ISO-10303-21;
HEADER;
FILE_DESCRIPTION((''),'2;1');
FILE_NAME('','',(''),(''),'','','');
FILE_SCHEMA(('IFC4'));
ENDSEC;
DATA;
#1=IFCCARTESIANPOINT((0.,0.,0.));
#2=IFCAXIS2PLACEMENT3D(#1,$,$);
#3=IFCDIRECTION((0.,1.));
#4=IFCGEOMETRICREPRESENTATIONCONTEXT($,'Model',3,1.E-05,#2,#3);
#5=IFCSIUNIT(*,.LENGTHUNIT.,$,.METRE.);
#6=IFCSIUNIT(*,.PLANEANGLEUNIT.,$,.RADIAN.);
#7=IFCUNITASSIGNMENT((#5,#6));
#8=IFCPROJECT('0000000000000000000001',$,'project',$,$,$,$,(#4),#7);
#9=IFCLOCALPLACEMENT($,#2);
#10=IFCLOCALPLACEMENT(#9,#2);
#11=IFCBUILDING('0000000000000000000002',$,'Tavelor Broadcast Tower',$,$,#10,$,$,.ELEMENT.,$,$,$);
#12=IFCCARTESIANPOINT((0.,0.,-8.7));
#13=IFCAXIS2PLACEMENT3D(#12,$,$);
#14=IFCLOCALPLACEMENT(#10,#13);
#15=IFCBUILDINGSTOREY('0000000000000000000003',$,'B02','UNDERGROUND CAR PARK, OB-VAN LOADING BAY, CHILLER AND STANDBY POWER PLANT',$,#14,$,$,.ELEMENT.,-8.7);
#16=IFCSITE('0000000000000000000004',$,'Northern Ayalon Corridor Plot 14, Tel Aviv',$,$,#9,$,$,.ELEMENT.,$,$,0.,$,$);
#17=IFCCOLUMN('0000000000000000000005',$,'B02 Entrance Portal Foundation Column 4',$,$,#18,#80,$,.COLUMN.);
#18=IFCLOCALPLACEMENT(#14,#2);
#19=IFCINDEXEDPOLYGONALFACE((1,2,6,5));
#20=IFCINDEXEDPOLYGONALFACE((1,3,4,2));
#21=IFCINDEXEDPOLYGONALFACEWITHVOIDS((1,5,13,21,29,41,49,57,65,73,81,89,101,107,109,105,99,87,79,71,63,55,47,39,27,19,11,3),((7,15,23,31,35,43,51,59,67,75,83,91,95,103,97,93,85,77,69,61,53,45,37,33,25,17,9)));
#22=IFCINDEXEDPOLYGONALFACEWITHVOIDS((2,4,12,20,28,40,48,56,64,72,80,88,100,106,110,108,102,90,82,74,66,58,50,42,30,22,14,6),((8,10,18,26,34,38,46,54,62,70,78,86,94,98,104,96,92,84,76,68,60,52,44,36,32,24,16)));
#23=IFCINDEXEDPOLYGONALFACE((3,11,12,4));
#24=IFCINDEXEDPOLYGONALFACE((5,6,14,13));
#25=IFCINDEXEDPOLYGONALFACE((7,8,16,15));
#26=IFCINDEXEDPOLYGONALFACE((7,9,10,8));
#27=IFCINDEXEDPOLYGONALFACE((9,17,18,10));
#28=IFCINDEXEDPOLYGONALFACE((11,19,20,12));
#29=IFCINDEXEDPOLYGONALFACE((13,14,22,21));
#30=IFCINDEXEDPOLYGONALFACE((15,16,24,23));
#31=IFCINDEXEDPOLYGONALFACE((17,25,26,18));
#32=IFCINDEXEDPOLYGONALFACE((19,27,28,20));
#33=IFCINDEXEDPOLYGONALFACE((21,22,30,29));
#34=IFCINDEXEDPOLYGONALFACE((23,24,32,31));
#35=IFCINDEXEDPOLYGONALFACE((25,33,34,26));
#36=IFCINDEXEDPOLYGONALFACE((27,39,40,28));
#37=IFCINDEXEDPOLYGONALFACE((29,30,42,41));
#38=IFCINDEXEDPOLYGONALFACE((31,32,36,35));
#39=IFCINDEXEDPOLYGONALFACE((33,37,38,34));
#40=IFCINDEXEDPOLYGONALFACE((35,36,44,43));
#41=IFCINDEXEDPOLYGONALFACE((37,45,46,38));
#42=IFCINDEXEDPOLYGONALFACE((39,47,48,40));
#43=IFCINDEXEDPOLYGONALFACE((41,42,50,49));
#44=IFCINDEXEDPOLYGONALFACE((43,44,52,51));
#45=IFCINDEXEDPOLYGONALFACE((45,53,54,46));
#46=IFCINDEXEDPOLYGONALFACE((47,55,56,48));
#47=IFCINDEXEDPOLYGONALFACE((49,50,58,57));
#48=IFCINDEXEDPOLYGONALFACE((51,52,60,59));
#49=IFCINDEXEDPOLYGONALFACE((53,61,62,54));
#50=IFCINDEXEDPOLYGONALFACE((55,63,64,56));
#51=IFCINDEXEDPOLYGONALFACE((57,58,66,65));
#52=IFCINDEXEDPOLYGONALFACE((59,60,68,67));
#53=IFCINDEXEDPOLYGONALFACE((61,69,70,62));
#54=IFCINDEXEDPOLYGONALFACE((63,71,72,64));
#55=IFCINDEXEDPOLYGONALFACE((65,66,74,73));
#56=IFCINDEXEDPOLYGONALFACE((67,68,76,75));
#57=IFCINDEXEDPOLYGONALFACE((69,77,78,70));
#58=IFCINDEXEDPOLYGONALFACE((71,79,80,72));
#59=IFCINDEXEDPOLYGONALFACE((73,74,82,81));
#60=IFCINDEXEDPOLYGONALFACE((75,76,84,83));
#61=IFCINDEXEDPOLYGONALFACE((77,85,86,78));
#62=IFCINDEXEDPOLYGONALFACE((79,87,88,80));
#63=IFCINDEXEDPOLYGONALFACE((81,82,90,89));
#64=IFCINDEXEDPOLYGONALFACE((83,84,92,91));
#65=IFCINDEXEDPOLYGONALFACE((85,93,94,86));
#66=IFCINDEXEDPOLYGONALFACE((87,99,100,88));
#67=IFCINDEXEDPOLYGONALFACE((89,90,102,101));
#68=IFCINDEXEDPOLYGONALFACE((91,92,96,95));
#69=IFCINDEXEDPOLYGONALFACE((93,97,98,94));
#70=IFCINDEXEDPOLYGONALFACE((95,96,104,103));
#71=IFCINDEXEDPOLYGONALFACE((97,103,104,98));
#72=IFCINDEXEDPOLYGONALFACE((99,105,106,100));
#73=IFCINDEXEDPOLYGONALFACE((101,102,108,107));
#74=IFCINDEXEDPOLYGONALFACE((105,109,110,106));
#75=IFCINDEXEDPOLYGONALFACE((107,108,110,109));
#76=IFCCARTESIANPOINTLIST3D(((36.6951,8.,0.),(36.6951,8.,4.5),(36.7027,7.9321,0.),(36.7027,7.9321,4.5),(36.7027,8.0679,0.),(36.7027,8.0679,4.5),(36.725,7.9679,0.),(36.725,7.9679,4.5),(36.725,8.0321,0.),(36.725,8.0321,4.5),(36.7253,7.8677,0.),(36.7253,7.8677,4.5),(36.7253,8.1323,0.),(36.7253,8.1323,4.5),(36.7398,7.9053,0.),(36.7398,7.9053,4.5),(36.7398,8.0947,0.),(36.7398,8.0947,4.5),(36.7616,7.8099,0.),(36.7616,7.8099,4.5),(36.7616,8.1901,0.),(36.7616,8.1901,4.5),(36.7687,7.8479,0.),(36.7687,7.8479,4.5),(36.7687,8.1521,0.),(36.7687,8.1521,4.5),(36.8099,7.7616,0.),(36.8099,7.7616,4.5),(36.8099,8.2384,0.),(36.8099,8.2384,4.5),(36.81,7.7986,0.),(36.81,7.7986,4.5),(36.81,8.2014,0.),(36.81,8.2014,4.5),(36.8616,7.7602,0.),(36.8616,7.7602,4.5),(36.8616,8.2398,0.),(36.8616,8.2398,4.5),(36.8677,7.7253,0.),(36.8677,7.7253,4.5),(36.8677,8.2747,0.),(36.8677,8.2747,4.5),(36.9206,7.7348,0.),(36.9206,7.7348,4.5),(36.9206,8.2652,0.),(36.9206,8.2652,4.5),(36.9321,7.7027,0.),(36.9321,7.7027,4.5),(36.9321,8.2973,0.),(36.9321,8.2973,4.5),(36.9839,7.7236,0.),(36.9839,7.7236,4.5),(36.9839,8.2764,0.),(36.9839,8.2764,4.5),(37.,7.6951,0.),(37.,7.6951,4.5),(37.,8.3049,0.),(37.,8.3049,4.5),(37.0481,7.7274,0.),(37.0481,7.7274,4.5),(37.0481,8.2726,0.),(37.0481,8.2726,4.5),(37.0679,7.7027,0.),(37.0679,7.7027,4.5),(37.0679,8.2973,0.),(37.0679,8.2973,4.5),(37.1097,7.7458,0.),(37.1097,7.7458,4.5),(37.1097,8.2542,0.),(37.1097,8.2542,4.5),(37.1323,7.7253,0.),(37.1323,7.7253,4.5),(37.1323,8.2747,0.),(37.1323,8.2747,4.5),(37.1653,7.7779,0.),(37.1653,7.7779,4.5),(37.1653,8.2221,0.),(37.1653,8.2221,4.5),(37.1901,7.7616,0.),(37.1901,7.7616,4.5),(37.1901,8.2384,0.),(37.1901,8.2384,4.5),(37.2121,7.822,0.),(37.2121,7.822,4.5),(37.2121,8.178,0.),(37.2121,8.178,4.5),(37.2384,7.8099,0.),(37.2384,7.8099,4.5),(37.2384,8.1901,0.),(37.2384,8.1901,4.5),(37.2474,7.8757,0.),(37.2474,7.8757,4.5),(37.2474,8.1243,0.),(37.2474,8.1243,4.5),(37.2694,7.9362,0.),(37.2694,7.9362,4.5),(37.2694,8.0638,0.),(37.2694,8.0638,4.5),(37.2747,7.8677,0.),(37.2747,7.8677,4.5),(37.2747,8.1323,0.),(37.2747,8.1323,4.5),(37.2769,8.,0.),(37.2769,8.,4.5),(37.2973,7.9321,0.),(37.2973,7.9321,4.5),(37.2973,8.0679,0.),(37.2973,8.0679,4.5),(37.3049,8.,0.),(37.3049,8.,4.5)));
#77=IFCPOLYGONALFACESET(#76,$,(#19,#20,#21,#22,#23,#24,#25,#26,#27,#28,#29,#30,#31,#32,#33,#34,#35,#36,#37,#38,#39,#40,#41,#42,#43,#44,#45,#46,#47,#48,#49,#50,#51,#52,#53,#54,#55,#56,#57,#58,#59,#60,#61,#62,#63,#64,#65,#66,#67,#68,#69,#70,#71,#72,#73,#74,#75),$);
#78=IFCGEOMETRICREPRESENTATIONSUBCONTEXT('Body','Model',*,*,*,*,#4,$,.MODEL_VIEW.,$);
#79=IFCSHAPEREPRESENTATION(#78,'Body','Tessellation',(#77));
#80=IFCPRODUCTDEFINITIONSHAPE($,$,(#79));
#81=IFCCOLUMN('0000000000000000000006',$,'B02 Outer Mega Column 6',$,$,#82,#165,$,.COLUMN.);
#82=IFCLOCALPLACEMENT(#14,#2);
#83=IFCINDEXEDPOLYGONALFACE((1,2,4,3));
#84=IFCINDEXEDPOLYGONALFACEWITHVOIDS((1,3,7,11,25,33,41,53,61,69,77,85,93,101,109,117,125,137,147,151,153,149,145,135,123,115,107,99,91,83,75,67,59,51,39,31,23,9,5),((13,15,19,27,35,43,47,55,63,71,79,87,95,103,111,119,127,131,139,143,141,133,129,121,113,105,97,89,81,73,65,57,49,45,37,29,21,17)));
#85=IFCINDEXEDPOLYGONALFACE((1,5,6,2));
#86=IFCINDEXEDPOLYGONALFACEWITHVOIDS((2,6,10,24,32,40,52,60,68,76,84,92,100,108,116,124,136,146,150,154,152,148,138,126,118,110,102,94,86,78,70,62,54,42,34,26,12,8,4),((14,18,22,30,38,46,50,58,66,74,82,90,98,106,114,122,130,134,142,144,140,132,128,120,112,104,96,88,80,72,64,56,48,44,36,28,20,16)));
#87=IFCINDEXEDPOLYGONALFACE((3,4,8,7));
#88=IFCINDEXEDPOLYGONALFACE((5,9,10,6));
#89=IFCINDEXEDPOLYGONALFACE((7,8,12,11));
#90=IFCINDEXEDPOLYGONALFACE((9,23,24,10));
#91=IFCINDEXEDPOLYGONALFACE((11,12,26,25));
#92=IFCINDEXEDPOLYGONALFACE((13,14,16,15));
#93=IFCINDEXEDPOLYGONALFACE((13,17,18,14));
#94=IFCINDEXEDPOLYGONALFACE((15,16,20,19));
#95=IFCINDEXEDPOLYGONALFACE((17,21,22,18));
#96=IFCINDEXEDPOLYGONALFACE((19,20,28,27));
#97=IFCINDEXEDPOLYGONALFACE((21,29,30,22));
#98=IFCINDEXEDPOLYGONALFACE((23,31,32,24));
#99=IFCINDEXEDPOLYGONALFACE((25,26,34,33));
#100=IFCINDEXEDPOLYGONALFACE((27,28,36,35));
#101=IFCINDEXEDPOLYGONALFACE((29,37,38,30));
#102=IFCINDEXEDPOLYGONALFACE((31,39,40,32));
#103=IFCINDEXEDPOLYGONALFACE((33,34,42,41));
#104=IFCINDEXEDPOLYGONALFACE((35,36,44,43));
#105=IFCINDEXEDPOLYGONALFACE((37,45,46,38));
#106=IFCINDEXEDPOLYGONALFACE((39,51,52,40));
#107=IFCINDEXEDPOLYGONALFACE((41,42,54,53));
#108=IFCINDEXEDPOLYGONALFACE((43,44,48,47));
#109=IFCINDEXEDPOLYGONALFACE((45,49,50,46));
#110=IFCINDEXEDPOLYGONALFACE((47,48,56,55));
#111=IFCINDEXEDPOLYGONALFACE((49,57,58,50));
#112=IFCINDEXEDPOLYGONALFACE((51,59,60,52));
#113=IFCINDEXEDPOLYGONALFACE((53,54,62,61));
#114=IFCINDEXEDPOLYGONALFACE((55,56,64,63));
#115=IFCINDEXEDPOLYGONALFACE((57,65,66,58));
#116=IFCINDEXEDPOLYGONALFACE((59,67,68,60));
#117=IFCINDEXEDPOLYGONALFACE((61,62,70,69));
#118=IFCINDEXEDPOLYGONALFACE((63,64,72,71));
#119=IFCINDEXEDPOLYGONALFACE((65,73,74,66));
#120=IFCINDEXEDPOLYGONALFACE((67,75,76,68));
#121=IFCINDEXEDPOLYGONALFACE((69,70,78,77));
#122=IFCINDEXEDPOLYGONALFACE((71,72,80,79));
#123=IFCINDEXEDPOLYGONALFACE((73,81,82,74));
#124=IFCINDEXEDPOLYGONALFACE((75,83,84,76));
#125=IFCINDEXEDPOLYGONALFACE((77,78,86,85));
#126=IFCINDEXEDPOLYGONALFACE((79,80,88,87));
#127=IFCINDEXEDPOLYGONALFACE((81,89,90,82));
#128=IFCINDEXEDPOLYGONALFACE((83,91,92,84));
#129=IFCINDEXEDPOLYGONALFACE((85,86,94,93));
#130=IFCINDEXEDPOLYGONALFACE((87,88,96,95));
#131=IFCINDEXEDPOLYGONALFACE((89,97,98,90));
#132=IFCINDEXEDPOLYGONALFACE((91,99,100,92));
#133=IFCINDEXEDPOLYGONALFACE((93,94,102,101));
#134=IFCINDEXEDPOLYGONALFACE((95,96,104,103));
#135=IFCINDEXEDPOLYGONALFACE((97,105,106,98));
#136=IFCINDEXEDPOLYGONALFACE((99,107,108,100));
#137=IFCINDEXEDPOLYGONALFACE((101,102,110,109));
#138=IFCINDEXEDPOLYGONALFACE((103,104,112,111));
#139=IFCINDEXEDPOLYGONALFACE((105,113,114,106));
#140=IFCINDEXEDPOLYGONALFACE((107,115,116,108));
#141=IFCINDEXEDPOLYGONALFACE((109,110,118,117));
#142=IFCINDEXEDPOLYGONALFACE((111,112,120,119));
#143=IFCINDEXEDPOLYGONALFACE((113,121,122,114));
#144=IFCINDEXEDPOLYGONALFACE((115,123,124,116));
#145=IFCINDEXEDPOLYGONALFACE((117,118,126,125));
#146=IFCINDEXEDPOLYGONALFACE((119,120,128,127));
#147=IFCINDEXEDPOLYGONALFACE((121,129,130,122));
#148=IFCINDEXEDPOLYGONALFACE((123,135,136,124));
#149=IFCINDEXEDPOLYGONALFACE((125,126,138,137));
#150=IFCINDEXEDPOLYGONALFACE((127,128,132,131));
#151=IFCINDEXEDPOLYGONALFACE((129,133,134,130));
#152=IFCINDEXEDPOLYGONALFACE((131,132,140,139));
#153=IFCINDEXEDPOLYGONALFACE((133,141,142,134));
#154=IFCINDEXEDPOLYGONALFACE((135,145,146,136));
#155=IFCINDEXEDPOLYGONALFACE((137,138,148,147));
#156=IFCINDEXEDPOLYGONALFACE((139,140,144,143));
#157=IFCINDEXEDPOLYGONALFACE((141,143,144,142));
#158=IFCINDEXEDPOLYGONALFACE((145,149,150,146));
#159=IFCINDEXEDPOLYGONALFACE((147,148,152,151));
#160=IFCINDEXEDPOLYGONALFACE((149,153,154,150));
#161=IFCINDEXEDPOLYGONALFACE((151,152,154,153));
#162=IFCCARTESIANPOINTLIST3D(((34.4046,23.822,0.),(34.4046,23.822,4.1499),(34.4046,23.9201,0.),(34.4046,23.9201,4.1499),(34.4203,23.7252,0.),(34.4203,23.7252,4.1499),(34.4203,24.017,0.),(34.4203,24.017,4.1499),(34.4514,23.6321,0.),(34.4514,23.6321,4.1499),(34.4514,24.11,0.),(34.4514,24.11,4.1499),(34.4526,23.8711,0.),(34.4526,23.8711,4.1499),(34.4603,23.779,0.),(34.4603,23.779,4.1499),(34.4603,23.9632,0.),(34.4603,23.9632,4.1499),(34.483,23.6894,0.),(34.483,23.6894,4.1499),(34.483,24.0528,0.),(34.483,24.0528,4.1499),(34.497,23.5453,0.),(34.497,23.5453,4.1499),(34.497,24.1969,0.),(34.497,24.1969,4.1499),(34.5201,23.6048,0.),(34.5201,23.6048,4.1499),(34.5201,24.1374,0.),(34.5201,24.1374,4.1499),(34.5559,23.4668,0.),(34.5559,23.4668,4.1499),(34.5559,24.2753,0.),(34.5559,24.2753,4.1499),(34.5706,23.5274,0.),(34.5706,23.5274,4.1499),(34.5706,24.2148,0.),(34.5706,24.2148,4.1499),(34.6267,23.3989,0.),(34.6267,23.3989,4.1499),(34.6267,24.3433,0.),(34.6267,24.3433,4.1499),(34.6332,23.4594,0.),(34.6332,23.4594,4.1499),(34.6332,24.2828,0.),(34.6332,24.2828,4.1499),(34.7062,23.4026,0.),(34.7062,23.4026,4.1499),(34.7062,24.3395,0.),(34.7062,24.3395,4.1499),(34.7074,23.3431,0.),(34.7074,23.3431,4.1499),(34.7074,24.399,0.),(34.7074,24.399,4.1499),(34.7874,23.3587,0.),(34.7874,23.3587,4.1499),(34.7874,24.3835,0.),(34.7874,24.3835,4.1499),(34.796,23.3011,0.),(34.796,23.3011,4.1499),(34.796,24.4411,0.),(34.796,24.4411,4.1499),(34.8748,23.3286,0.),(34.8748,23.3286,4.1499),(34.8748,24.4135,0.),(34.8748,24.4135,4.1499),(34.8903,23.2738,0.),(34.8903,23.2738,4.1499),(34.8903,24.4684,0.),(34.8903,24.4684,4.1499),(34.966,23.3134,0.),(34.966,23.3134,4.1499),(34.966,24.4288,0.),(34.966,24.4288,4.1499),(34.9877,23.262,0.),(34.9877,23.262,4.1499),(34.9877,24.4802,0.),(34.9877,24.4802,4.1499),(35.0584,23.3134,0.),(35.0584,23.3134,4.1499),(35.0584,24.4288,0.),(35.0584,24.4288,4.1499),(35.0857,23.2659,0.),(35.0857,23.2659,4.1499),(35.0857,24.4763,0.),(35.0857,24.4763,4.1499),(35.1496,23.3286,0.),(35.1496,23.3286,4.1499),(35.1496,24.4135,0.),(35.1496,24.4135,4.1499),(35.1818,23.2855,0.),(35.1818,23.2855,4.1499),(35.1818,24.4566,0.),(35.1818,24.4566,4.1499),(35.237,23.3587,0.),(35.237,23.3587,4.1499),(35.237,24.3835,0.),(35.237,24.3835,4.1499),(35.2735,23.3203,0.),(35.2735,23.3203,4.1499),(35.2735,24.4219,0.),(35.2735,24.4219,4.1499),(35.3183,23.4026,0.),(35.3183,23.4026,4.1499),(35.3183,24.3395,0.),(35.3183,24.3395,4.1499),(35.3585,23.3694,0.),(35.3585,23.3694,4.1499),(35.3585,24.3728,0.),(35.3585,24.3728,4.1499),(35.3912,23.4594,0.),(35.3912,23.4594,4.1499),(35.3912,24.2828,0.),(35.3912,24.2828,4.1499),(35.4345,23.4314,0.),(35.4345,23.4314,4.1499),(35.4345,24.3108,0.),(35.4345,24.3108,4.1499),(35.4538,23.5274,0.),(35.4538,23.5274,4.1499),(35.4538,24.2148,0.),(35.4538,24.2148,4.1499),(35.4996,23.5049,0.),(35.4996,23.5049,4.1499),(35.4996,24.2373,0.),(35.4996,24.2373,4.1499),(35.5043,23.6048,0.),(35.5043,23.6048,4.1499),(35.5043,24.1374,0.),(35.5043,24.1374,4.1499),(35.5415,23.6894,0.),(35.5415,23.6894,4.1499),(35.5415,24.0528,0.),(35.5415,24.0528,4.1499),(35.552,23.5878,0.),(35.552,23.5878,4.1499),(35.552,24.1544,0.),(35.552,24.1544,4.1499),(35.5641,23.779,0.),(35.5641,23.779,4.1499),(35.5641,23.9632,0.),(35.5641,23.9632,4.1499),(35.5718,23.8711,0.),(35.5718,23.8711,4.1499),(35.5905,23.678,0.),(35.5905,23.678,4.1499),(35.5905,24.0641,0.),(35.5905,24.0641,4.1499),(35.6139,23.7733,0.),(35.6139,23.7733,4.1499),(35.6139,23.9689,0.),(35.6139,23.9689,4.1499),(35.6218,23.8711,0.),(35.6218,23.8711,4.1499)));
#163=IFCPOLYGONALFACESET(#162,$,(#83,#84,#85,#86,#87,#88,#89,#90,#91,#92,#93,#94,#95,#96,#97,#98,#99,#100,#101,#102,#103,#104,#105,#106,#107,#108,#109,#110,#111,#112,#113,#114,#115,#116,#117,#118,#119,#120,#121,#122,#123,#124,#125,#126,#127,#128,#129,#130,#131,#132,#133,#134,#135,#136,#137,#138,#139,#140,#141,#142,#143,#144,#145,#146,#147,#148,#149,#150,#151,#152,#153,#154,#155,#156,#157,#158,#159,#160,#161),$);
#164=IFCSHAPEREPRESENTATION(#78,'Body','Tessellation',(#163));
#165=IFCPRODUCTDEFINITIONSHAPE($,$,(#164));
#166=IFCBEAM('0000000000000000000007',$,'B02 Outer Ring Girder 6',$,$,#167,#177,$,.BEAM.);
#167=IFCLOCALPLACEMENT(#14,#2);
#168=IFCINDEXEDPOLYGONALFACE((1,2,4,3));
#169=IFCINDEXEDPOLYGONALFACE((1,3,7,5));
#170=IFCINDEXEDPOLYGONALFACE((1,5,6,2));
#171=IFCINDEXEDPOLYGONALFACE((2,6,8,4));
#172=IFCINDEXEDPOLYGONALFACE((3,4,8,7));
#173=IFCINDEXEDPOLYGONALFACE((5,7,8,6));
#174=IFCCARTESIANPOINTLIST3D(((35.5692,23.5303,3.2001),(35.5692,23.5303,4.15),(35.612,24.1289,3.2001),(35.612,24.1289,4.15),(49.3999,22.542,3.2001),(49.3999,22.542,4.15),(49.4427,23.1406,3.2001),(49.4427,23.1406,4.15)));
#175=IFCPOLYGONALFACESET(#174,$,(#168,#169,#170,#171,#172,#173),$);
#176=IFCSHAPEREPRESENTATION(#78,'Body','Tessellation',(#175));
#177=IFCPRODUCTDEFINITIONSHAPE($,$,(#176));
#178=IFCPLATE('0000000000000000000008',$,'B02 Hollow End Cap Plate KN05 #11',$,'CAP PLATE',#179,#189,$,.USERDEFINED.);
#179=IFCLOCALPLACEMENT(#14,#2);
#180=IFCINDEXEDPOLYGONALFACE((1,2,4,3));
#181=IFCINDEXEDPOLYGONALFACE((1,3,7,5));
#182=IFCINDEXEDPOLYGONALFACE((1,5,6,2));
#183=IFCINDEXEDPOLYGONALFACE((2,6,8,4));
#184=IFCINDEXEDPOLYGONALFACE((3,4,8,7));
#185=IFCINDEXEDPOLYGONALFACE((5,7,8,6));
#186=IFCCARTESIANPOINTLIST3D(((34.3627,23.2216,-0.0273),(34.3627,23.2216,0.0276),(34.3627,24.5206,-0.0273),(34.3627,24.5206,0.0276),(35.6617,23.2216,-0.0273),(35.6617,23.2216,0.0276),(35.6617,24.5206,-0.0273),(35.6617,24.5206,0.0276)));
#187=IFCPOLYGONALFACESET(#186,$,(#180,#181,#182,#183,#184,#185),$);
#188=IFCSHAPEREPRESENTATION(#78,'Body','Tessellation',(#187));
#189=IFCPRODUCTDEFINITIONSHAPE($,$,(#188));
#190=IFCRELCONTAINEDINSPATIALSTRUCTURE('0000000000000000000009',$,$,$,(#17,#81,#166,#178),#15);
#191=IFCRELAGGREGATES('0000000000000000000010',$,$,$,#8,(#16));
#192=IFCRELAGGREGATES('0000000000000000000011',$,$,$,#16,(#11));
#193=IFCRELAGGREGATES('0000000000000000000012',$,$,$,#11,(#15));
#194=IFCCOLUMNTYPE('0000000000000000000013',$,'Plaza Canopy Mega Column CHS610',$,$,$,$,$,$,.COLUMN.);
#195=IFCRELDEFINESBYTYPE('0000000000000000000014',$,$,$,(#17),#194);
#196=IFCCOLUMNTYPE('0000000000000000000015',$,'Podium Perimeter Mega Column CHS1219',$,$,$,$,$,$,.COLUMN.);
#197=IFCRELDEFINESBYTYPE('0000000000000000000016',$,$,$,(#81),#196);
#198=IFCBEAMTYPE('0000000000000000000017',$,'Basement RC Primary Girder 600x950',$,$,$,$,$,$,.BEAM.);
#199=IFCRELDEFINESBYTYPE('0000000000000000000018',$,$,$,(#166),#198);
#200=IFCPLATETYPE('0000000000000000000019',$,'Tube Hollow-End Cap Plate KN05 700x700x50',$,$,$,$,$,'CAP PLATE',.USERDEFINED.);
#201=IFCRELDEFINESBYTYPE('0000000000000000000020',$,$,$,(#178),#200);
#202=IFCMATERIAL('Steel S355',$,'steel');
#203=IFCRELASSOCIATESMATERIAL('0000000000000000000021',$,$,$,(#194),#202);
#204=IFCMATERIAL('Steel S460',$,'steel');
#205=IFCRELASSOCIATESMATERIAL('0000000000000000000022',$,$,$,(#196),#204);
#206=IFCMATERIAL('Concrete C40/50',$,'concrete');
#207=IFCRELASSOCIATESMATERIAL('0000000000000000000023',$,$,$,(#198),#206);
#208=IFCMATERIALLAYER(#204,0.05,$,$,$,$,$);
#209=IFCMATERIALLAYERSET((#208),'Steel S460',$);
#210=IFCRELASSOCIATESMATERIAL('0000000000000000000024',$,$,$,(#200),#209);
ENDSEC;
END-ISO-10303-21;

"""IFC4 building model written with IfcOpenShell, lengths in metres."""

from ifc_helpers import new_model, si_unit, direction, frame, origin, origin_2d, place, context, subcontext, project, spatial, rectangle, hollow_circle, extrude, source, transform, mapped, material, layer, layer_set, material_profile, profile_set, type_object, element, save


model = new_model("IFC4")

# Units and contexts
model_context = context("Model", 3, precision=1e-05, world=origin(), true_north=direction((0.0, 1.0)))
body_context = subcontext(model_context, "Body", "Model", "MODEL_VIEW")
ifc_project = project(units=[si_unit("LENGTHUNIT", "METRE"), si_unit("PLANEANGLEUNIT", "RADIAN")], contexts=[model_context])

# Site, building, storey
site_placement = place(None, origin())
site = spatial("IfcSite", under=ifc_project, at=site_placement, Name="Northern Ayalon Corridor Plot 14, Tel Aviv", CompositionType="ELEMENT", RefElevation=0.0)
building_placement = place(site_placement, origin())
building = spatial("IfcBuilding", under=site, at=building_placement, Name="Tavelor Broadcast Tower", CompositionType="ELEMENT")
storey_placement = place(building_placement, frame((0.0, 0.0, -8.7)))
storey = spatial("IfcBuildingStorey", under=building, at=storey_placement, Name="B02", Description="UNDERGROUND CAR PARK, OB-VAN LOADING BAY, CHILLER AND STANDBY POWER PLANT", CompositionType="ELEMENT", Elevation=-8.7)

# Shared definitions
ifc_material_1 = material(Name="Concrete C40/50", Category="concrete")

# Columns
ifc_material_2 = material(Name="Steel S355", Category="steel")
ifc_material_profile_1 = material_profile(ifc_material_2, hollow_circle(Radius=0.3049, WallThickness=0.0281, at=origin_2d()), Name="CHS 610x28")
ifc_profile_set_1 = profile_set([ifc_material_profile_1], Name="Steel S355")
column_type_1 = type_object("IfcColumnType", Name="Plaza Canopy Mega Column CHS610", PredefinedType="COLUMN", material=ifc_profile_set_1)
column_1_placement = place(storey_placement, frame((37.0, 8.0, 0.0), z_axis=(0.0, 0.0, 1.0), x_axis=(1.0, 0.0, 0.0)))
element("IfcColumn", 1, at=column_1_placement, inside=storey, type_object=column_type_1, Name="B02 Entrance Portal Foundation Column 4", PredefinedType="COLUMN", context=body_context, shape_type="SweptSolid", body=[
    extrude(hollow_circle(Radius=0.3049, WallThickness=0.0281, at=origin_2d()), origin(), (0.0, 0.0, 1.0), 4.5),
])
ifc_material_3 = material(Name="Steel S460", Category="steel")
ifc_material_profile_2 = material_profile(ifc_material_3, hollow_circle(Radius=0.6096, WallThickness=0.05, at=origin_2d()), Name="CHS 1219x50")
ifc_profile_set_2 = profile_set([ifc_material_profile_2], Name="Steel S460")
column_type_2 = type_object("IfcColumnType", Name="Podium Perimeter Mega Column CHS1219", PredefinedType="COLUMN", material=ifc_profile_set_2)
column_2_placement = place(storey_placement, frame((35.0122, 23.8711, 0.0), z_axis=(0.0, 0.0, 1.0), x_axis=(1.0, 0.0, 0.0)))
element("IfcColumn", 2, at=column_2_placement, inside=storey, type_object=column_type_2, Name="B02 Outer Mega Column 6", PredefinedType="COLUMN", context=body_context, shape_type="SweptSolid", body=[
    extrude(hollow_circle(Radius=0.6096, WallThickness=0.05, at=origin_2d()), origin(), (0.0, 0.0, 1.0), 4.1499),
])

# Beam
ifc_material_profile_3 = material_profile(ifc_material_1, rectangle(XDim=0.6001, YDim=0.95, at=origin_2d()), Name="RC 600x950")
ifc_profile_set_3 = profile_set([ifc_material_profile_3], Name="Concrete C40/50")
beam_type = type_object("IfcBeamType", Name="Basement RC Primary Girder 600x950", PredefinedType="BEAM", material=ifc_profile_set_3)
beam_placement = place(storey_placement, frame((35.5906, 23.8296, 3.675), z_axis=(0.997457, -0.071273, 0.0), x_axis=(0.071273, 0.997457, 0.0)))
element("IfcBeam", 3, at=beam_placement, inside=storey, type_object=beam_type, Name="B02 Outer Ring Girder 6", PredefinedType="BEAM", context=body_context, shape_type="SweptSolid", body=[
    extrude(rectangle(XDim=0.6001, YDim=0.95, at=origin_2d()), origin(), (0.0, 0.0, 1.0), 13.866),
])

# Plate
ifc_layer_1 = layer(ifc_material_3, 0.05)
ifc_layer_set_1 = layer_set([ifc_layer_1], Name="Steel S460")
plate_type = type_object("IfcPlateType", Name="Tube Hollow-End Cap Plate KN05 700x700x50", ElementType="CAP PLATE", PredefinedType="USERDEFINED", material=ifc_layer_set_1)
shared_shape_1 = source(origin(), body_context, "Body", "SweptSolid", [
    extrude(rectangle(XDim=1.2991, YDim=1.2991, at=origin_2d()), origin(), (0.0, 0.0, 1.0), 0.0549),
])
for number, where, z_axis, x_axis, name in (
    (4, (35.0122, 23.8711, -0.0273), (0.0, 0.0, 1.0), (1.0, 0.0, 0.0), "B02 Hollow End Cap Plate KN05 #11"),
):
    element("IfcPlate", number, at=place(storey_placement, frame(where, z_axis=z_axis, x_axis=x_axis)), inside=storey, type_object=plate_type, Name=name, ObjectType="CAP PLATE", PredefinedType="USERDEFINED", context=body_context, shape_type="MappedRepresentation", body=[
        mapped(shared_shape_1, transform((0.0, 0.0, 0.0), scale=1.0)),
    ])

save(model, "model.ifc")
